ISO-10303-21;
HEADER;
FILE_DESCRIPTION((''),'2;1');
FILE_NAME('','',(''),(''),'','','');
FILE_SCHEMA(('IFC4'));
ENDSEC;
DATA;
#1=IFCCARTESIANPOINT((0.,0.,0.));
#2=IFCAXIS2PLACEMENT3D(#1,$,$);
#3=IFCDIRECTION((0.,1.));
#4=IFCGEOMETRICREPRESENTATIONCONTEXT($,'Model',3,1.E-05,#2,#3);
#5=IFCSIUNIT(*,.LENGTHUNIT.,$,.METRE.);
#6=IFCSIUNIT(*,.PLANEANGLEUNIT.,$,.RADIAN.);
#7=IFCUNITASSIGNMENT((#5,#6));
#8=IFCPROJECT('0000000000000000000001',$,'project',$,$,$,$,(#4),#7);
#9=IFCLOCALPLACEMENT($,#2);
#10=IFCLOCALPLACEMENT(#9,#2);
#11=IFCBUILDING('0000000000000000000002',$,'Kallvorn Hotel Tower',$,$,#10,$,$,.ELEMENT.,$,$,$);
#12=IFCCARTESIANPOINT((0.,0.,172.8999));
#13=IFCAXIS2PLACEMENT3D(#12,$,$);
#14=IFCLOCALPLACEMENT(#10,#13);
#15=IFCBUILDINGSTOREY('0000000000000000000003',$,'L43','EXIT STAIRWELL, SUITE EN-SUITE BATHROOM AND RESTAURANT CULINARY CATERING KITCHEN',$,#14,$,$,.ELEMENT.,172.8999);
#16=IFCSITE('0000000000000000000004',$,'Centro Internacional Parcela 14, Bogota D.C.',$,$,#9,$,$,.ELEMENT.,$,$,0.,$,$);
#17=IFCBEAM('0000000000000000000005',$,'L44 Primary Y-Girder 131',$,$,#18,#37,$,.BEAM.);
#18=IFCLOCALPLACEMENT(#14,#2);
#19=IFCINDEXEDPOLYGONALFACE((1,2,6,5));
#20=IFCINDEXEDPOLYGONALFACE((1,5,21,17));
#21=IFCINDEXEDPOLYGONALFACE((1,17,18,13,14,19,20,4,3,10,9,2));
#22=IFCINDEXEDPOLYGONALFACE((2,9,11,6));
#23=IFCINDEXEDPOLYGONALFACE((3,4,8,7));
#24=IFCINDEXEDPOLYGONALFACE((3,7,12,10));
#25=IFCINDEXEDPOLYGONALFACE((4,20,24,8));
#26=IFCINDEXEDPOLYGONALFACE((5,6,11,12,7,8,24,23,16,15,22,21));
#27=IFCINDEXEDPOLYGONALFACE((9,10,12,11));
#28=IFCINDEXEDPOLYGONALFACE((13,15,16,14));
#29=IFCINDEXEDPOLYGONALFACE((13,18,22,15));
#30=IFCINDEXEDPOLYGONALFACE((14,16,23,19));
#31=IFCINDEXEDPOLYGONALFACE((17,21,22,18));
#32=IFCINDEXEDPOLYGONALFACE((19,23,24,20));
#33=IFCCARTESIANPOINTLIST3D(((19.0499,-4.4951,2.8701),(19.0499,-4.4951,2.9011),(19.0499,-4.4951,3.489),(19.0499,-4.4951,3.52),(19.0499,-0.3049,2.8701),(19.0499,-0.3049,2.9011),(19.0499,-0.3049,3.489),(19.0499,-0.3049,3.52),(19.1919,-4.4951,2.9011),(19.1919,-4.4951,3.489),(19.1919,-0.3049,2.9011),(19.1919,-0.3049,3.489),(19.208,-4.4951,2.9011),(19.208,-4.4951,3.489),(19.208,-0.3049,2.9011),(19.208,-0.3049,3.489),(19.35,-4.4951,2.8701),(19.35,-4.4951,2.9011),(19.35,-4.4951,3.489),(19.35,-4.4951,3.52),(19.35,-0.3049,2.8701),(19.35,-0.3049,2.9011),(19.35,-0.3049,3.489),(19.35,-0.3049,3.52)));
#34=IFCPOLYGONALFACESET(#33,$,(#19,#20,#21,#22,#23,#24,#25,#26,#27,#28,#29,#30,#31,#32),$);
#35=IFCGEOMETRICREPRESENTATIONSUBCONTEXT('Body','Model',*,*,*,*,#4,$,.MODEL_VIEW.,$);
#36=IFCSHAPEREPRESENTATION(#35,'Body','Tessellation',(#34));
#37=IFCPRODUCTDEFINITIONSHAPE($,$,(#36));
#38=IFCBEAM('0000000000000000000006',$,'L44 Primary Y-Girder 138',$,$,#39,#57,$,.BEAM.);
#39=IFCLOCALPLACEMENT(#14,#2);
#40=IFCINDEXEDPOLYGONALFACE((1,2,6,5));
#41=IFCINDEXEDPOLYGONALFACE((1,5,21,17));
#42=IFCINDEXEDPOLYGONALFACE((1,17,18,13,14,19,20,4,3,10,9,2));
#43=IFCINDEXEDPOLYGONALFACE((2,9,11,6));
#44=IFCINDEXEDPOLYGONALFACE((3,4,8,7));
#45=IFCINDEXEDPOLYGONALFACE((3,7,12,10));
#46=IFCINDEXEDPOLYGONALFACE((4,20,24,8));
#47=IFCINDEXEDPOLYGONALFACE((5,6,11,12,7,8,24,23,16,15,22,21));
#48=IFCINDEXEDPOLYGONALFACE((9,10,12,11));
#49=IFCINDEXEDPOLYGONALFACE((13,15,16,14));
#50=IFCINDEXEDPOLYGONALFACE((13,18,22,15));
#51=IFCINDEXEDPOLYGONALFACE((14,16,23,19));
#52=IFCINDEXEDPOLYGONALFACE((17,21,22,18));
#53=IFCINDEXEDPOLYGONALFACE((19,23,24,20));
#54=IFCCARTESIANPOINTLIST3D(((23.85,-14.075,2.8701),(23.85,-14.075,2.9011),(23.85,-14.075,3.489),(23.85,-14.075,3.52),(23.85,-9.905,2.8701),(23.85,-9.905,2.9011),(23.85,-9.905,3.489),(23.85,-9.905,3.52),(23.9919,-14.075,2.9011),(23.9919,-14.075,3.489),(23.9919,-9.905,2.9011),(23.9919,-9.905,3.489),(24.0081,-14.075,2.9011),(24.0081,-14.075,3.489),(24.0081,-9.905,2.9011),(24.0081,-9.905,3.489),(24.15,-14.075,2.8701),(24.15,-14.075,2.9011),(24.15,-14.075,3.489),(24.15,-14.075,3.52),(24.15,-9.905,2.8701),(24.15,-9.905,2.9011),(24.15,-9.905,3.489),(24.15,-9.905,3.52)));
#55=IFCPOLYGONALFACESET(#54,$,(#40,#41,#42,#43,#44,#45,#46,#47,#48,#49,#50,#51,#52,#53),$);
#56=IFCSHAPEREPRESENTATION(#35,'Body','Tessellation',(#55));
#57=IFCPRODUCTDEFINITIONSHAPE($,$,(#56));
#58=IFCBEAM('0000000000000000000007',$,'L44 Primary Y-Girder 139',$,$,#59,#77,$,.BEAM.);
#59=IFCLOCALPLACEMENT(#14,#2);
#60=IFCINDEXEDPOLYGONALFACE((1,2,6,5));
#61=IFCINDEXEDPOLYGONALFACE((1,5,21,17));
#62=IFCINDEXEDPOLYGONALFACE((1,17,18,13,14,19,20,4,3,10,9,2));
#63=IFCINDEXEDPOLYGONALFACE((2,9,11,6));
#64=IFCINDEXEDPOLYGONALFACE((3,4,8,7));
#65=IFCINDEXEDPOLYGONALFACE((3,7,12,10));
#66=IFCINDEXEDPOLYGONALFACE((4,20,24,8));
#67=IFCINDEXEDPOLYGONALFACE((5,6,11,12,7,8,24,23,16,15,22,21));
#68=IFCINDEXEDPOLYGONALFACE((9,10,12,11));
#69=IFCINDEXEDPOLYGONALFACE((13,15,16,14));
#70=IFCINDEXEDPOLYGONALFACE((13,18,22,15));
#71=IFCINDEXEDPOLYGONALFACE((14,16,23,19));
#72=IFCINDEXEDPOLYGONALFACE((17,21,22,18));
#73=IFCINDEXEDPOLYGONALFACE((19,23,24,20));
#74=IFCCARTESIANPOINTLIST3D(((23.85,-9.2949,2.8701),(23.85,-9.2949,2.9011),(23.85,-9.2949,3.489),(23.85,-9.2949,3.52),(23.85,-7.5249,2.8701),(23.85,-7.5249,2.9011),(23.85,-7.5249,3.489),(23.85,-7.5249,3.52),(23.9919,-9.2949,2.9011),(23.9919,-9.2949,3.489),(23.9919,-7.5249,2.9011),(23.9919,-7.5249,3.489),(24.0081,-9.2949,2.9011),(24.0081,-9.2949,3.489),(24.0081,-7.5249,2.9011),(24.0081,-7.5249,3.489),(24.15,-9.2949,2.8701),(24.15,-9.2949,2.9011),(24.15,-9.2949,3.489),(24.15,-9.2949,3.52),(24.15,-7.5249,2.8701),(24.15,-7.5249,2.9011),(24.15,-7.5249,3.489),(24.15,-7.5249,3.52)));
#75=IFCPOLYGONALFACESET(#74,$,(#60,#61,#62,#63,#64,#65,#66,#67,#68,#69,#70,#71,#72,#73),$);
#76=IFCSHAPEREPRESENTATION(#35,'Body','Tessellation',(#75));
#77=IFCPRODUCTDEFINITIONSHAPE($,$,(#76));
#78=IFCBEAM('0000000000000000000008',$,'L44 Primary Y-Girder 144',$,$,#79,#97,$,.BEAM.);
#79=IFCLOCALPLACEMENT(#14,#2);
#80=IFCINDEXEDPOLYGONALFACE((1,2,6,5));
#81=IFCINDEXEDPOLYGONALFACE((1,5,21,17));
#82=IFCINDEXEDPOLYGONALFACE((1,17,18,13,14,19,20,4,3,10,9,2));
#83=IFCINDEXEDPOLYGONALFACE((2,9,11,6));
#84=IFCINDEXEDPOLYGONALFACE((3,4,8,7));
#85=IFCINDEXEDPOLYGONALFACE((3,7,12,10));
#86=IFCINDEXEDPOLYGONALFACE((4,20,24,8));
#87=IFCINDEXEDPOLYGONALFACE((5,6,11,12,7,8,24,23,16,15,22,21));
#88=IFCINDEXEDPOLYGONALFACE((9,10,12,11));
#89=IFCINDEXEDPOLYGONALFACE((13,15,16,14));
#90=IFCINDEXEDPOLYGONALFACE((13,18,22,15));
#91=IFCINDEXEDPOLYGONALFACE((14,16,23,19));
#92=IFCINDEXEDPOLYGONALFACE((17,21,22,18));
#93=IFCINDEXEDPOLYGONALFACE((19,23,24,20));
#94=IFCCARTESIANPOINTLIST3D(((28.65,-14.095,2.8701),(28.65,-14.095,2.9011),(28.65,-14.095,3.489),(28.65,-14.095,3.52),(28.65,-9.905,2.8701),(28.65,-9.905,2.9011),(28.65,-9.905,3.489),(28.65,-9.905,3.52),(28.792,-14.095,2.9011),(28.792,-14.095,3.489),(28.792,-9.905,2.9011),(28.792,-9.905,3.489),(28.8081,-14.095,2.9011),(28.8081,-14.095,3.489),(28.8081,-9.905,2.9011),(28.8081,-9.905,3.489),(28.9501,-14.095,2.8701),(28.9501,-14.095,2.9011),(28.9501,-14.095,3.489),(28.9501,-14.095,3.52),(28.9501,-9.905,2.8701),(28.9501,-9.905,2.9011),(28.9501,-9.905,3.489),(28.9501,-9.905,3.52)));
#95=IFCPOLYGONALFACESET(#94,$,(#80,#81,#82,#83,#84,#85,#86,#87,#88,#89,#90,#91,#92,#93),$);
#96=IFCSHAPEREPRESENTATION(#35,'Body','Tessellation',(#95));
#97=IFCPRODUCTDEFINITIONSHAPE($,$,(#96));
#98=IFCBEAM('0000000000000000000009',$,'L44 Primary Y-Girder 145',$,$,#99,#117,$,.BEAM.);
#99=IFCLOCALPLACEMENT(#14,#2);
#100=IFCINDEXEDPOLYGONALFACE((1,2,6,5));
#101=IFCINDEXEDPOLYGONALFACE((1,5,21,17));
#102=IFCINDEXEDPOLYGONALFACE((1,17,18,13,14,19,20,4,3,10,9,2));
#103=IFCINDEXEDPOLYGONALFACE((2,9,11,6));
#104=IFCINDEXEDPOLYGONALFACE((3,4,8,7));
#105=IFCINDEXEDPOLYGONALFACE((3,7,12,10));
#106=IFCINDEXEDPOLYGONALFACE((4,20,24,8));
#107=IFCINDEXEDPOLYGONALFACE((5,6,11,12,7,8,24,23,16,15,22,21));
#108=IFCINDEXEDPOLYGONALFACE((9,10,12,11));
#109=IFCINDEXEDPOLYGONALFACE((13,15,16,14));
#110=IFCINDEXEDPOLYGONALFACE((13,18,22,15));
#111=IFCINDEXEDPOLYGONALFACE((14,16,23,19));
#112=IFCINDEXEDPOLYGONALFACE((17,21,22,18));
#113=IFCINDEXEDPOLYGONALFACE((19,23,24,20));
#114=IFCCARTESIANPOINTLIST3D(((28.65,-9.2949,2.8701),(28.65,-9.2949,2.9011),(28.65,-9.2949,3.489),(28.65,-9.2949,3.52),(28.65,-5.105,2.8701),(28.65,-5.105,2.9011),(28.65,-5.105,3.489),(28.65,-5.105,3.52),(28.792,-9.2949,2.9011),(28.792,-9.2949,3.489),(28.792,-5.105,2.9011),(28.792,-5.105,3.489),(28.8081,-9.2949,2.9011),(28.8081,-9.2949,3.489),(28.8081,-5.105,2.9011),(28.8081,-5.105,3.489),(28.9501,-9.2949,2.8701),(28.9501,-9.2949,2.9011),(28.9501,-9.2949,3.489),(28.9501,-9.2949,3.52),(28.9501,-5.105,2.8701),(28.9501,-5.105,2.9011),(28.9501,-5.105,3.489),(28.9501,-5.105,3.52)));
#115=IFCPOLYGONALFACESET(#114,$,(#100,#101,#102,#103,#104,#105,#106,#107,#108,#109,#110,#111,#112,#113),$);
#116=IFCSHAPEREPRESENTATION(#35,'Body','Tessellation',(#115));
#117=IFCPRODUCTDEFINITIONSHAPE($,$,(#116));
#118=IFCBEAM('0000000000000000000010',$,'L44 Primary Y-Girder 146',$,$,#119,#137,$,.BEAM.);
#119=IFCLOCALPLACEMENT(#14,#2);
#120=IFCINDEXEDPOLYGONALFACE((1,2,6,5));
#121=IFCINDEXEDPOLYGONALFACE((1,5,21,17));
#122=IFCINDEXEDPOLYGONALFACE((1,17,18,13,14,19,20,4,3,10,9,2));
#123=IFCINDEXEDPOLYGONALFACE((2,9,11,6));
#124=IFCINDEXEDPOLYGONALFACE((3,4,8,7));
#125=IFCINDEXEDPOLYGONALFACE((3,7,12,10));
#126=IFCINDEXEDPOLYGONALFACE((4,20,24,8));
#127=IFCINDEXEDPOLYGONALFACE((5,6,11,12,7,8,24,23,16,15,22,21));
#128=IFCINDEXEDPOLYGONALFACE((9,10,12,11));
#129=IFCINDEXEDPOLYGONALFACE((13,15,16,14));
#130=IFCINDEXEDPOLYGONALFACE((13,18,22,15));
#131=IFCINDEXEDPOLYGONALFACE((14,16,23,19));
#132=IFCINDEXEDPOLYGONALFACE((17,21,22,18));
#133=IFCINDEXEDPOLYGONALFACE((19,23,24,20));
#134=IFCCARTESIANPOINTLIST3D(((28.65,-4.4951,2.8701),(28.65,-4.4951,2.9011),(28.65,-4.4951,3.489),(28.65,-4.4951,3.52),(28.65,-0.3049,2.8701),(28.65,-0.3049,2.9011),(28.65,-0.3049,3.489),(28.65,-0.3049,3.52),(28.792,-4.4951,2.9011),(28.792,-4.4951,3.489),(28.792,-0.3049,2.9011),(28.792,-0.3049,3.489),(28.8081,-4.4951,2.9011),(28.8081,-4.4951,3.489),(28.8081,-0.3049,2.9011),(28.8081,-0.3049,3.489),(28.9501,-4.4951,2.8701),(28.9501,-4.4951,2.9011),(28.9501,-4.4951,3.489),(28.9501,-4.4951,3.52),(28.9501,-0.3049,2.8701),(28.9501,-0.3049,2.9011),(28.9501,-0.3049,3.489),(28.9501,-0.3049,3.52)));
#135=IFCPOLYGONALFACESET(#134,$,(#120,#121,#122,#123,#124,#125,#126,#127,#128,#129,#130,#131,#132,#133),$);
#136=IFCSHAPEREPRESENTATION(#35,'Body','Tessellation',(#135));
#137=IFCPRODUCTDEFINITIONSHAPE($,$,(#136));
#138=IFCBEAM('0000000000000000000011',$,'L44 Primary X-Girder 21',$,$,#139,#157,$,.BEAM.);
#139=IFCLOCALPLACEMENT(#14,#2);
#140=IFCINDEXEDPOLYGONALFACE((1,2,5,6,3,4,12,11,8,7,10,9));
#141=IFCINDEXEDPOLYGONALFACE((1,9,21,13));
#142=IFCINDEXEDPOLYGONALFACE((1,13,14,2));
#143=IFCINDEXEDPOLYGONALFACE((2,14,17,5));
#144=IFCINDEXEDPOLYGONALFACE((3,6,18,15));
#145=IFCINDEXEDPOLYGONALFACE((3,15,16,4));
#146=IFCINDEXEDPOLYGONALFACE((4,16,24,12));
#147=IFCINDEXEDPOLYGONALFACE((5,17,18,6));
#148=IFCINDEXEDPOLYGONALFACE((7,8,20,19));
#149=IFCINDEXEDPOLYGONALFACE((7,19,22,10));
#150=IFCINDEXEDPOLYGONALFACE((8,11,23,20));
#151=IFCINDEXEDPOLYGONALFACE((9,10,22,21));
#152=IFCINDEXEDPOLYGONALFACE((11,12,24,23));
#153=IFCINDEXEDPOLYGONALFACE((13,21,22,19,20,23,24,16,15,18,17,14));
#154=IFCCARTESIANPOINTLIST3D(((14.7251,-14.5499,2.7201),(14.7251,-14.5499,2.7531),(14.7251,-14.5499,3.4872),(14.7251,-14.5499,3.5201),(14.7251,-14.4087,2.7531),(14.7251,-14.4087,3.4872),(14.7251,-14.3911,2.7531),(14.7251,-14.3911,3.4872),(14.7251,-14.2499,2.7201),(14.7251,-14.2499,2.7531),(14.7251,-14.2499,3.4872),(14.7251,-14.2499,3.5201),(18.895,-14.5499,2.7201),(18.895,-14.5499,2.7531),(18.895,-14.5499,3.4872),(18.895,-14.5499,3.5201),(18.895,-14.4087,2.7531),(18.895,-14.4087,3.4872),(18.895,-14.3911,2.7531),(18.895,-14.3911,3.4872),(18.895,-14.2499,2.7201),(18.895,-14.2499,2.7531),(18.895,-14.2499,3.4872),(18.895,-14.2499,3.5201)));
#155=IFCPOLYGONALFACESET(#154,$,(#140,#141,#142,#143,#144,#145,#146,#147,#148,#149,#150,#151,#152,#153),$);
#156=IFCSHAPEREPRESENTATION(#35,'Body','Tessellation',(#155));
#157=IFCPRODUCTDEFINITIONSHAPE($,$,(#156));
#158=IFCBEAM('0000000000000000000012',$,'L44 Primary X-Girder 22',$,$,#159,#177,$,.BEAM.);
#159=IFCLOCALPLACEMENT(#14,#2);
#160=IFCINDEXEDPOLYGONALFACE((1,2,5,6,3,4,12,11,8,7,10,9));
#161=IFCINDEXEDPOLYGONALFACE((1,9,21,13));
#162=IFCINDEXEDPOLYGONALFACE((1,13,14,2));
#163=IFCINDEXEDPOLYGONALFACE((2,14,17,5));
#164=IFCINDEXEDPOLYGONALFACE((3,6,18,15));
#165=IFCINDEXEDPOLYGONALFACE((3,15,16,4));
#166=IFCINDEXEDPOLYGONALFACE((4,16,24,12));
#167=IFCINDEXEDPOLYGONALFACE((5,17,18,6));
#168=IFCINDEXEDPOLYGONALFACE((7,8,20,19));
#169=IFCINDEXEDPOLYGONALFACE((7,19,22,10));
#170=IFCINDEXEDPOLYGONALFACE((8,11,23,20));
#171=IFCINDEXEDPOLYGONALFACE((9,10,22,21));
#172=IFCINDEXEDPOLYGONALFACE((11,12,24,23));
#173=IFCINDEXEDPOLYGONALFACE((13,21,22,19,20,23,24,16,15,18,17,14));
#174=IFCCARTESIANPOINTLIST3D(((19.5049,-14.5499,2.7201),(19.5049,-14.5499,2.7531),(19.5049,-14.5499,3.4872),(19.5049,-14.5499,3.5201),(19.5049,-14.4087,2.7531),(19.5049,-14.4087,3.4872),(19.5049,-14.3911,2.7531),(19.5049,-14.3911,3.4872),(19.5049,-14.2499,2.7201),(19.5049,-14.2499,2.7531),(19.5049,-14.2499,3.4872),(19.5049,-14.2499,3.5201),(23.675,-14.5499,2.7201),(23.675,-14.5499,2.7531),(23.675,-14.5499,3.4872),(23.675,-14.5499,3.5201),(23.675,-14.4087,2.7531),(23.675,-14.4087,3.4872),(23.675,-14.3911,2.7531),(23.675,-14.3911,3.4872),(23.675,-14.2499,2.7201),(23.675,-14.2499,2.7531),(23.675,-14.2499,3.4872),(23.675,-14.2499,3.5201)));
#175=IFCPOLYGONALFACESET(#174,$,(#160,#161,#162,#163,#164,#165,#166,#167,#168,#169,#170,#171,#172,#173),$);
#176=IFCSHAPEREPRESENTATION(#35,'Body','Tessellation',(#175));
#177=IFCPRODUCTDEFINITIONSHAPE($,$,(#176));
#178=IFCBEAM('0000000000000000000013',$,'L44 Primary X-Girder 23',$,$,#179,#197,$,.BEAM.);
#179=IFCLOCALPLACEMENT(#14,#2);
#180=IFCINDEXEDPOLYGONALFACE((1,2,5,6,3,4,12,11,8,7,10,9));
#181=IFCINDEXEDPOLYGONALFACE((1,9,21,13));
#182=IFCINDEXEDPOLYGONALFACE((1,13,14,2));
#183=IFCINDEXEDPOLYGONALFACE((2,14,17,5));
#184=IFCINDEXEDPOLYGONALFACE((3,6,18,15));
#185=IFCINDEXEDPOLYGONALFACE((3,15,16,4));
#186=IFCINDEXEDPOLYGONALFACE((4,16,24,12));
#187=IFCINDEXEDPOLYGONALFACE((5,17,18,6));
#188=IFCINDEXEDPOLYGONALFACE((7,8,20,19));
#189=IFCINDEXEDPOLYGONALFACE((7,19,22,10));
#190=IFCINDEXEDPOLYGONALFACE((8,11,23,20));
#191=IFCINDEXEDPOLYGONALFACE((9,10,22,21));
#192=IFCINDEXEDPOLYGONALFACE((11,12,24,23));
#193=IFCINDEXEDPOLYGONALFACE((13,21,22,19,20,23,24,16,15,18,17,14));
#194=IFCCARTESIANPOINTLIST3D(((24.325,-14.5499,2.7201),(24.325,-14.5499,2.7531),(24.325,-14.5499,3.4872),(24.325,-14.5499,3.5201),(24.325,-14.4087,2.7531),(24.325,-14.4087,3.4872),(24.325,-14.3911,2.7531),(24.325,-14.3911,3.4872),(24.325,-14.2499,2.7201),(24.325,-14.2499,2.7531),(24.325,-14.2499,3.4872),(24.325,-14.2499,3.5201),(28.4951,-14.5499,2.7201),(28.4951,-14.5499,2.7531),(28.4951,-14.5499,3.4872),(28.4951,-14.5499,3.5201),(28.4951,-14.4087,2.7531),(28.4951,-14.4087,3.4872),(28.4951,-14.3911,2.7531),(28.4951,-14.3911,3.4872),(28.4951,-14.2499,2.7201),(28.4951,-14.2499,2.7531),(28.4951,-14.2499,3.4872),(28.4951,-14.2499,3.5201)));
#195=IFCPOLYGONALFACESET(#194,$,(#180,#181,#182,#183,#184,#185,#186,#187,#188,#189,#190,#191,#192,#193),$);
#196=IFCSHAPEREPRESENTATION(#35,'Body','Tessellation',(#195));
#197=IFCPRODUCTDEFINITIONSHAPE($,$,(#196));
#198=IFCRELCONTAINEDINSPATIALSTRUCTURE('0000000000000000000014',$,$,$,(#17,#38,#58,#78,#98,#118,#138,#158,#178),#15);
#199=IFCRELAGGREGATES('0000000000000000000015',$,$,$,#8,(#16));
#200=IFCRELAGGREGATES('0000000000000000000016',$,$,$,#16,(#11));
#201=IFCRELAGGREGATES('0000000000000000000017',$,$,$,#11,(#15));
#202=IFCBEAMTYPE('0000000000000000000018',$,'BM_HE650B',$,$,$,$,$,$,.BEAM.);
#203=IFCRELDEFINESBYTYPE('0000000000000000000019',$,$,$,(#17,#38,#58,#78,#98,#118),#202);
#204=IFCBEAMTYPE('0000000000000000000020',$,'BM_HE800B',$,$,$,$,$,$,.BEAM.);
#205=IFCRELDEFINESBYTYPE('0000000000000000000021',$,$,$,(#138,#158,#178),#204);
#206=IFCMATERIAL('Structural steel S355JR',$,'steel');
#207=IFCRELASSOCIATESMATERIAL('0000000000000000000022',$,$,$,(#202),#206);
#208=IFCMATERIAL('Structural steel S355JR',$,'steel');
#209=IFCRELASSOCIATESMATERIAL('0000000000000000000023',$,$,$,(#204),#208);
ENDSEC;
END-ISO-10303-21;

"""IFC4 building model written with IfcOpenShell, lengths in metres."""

from ifc_helpers import new_model, si_unit, direction, frame, origin, origin_2d, place, context, subcontext, project, spatial, i_section, extrude, material, material_profile, profile_set, type_object, element, save


model = new_model("IFC4")

# Units and contexts
model_context = context("Model", 3, precision=1e-05, world=origin(), true_north=direction((0.0, 1.0)))
body_context = subcontext(model_context, "Body", "Model", "MODEL_VIEW")
ifc_project = project(units=[si_unit("LENGTHUNIT", "METRE"), si_unit("PLANEANGLEUNIT", "RADIAN")], contexts=[model_context])

# Site, building, storey
site_placement = place(None, origin())
site = spatial("IfcSite", under=ifc_project, at=site_placement, Name="Centro Internacional Parcela 14, Bogota D.C.", CompositionType="ELEMENT", RefElevation=0.0)
building_placement = place(site_placement, origin())
building = spatial("IfcBuilding", under=site, at=building_placement, Name="Kallvorn Hotel Tower", CompositionType="ELEMENT")
storey_placement = place(building_placement, frame((0.0, 0.0, 172.8999)))
storey = spatial("IfcBuildingStorey", under=building, at=storey_placement, Name="L43", Description="EXIT STAIRWELL, SUITE EN-SUITE BATHROOM AND RESTAURANT CULINARY CATERING KITCHEN", CompositionType="ELEMENT", Elevation=172.8999)

# Beams
ifc_material_1 = material(Name="Structural steel S355JR", Category="steel")
ifc_material_profile_1 = material_profile(ifc_material_1, i_section(OverallWidth=0.3, OverallDepth=0.6499, WebThickness=0.0161, FlangeThickness=0.031, at=origin_2d()), Name="HE 650 B")
ifc_profile_set_1 = profile_set([ifc_material_profile_1], Name="Structural steel S355JR")
beam_type_1 = type_object("IfcBeamType", Name="BM_HE650B", PredefinedType="BEAM", material=ifc_profile_set_1)
beam_1_placement = place(storey_placement, frame((19.2, -4.4951, 3.1951), z_axis=(0.0, 1.0, 0.0), x_axis=(-1.0, 0.0, 0.0)))
element("IfcBeam", 1, at=beam_1_placement, inside=storey, type_object=beam_type_1, Name="L44 Primary Y-Girder 131", PredefinedType="BEAM", context=body_context, shape_type="SweptSolid", body=[
    extrude(i_section(OverallWidth=0.3, OverallDepth=0.6499, WebThickness=0.0161, FlangeThickness=0.031, at=origin_2d()), origin(), (0.0, 0.0, 1.0), 4.1902),
])
beam_2_placement = place(storey_placement, frame((24.0, -14.075, 3.1951), z_axis=(0.0, 1.0, 0.0), x_axis=(-1.0, 0.0, 0.0)))
element("IfcBeam", 2, at=beam_2_placement, inside=storey, type_object=beam_type_1, Name="L44 Primary Y-Girder 138", PredefinedType="BEAM", context=body_context, shape_type="SweptSolid", body=[
    extrude(i_section(OverallWidth=0.3, OverallDepth=0.6499, WebThickness=0.0161, FlangeThickness=0.031, at=origin_2d()), origin(), (0.0, 0.0, 1.0), 4.1699),
])
beam_3_placement = place(storey_placement, frame((24.0, -9.2949, 3.1951), z_axis=(0.0, 1.0, 0.0), x_axis=(-1.0, 0.0, 0.0)))
element("IfcBeam", 3, at=beam_3_placement, inside=storey, type_object=beam_type_1, Name="L44 Primary Y-Girder 139", PredefinedType="BEAM", context=body_context, shape_type="SweptSolid", body=[
    extrude(i_section(OverallWidth=0.3, OverallDepth=0.6499, WebThickness=0.0161, FlangeThickness=0.031, at=origin_2d()), origin(), (0.0, 0.0, 1.0), 1.77),
])
for number, where, z_axis, x_axis, name in (
    (4, (28.8, -14.095, 3.1951), (0.0, 1.0, 0.0), (-1.0, 0.0, 0.0), "L44 Primary Y-Girder 144"),
    (5, (28.8, -9.2949, 3.1951), (0.0, 1.0, 0.0), (-1.0, 0.0, 0.0), "L44 Primary Y-Girder 145"),
):
    element("IfcBeam", number, at=place(storey_placement, frame(where, z_axis=z_axis, x_axis=x_axis)), inside=storey, type_object=beam_type_1, Name=name, PredefinedType="BEAM", context=body_context, shape_type="SweptSolid", body=[
        extrude(i_section(OverallWidth=0.3, OverallDepth=0.6499, WebThickness=0.0161, FlangeThickness=0.031, at=origin_2d()), origin(), (0.0, 0.0, 1.0), 4.1899),
    ])
beam_4_placement = place(storey_placement, frame((28.8, -4.4951, 3.1951), z_axis=(0.0, 1.0, 0.0), x_axis=(-1.0, 0.0, 0.0)))
element("IfcBeam", 6, at=beam_4_placement, inside=storey, type_object=beam_type_1, Name="L44 Primary Y-Girder 146", PredefinedType="BEAM", context=body_context, shape_type="SweptSolid", body=[
    extrude(i_section(OverallWidth=0.3, OverallDepth=0.6499, WebThickness=0.0161, FlangeThickness=0.031, at=origin_2d()), origin(), (0.0, 0.0, 1.0), 4.1902),
])
ifc_material_2 = material(Name="Structural steel S355JR", Category="steel")
ifc_material_profile_2 = material_profile(ifc_material_2, i_section(OverallWidth=0.3, OverallDepth=0.8, WebThickness=0.0176, FlangeThickness=0.033, at=origin_2d()), Name="HE 800 B")
ifc_profile_set_2 = profile_set([ifc_material_profile_2], Name="Structural steel S355JR")
beam_type_2 = type_object("IfcBeamType", Name="BM_HE800B", PredefinedType="BEAM", material=ifc_profile_set_2)
beam_5_placement = place(storey_placement, frame((14.7251, -14.3999, 3.1201), z_axis=(1.0, 0.0, 0.0), x_axis=(0.0, 1.0, 0.0)))
element("IfcBeam", 7, at=beam_5_placement, inside=storey, type_object=beam_type_2, Name="L44 Primary X-Girder 21", PredefinedType="BEAM", context=body_context, shape_type="SweptSolid", body=[
    extrude(i_section(OverallWidth=0.3, OverallDepth=0.8, WebThickness=0.0176, FlangeThickness=0.033, at=origin_2d()), origin(), (0.0, 0.0, 1.0), 4.1699),
])
for number, where, z_axis, x_axis, name in (
    (8, (19.5049, -14.3999, 3.1201), (1.0, 0.0, 0.0), (0.0, 1.0, 0.0), "L44 Primary X-Girder 22"),
    (9, (24.325, -14.3999, 3.1201), (1.0, 0.0, 0.0), (0.0, 1.0, 0.0), "L44 Primary X-Girder 23"),
):
    element("IfcBeam", number, at=place(storey_placement, frame(where, z_axis=z_axis, x_axis=x_axis)), inside=storey, type_object=beam_type_2, Name=name, PredefinedType="BEAM", context=body_context, shape_type="SweptSolid", body=[
        extrude(i_section(OverallWidth=0.3, OverallDepth=0.8, WebThickness=0.0176, FlangeThickness=0.033, at=origin_2d()), origin(), (0.0, 0.0, 1.0), 4.1702),
    ])

save(model, "model.ifc")
